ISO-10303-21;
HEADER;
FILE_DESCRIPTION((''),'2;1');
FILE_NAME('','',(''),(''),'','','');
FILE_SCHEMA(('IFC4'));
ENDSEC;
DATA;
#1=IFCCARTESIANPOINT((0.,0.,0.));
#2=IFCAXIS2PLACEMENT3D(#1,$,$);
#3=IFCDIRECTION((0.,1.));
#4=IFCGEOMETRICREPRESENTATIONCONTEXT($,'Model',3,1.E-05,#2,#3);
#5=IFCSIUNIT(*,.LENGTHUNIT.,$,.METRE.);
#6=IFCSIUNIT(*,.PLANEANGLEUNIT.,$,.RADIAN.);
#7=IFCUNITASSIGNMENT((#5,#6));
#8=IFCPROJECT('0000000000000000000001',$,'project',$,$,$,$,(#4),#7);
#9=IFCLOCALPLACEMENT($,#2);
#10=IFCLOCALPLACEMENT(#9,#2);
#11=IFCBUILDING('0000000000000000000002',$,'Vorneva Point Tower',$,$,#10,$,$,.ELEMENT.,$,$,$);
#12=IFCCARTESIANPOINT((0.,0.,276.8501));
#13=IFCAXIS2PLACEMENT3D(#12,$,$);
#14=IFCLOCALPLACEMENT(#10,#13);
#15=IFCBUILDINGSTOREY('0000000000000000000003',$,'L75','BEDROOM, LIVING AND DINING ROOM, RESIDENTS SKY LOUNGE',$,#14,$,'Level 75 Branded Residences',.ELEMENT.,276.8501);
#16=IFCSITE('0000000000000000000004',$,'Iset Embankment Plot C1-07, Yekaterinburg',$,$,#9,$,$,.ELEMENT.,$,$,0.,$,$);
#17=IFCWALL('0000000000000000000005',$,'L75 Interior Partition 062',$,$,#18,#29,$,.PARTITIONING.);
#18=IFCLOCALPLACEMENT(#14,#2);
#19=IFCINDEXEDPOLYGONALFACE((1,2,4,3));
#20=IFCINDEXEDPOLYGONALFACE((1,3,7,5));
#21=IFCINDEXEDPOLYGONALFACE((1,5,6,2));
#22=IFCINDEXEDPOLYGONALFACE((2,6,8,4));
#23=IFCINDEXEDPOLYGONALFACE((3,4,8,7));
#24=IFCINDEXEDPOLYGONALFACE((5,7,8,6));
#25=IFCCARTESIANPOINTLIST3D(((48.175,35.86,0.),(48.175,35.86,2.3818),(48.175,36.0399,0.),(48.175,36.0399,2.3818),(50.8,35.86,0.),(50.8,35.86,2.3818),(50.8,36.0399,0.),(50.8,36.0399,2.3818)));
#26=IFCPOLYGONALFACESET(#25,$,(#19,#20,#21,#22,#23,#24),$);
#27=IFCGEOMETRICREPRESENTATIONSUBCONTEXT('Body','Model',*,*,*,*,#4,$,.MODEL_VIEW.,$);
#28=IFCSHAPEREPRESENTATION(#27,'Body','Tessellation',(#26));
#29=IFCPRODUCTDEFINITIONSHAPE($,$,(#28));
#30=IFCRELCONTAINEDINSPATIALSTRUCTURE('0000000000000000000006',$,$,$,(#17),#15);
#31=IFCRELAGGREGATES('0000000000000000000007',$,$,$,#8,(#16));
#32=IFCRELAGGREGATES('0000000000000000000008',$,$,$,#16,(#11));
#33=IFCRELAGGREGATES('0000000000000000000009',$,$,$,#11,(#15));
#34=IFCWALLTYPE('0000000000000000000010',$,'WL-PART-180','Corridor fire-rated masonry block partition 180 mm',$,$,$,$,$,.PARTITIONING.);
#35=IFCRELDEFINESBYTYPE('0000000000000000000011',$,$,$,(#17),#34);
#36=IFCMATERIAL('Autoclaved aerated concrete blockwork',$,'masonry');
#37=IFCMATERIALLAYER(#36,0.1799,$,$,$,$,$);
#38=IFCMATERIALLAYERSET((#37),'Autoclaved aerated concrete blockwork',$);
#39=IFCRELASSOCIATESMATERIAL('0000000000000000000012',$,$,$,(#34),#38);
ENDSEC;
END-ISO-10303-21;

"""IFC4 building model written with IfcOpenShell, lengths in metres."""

from ifc_helpers import new_model, si_unit, direction, frame, frame_2d, origin, place, context, subcontext, project, spatial, rectangle, extrude, material, layer, layer_set, type_object, element, save


model = new_model("IFC4")

# Units and contexts
model_context = context("Model", 3, precision=1e-05, world=origin(), true_north=direction((0.0, 1.0)))
body_context = subcontext(model_context, "Body", "Model", "MODEL_VIEW")
ifc_project = project(units=[si_unit("LENGTHUNIT", "METRE"), si_unit("PLANEANGLEUNIT", "RADIAN")], contexts=[model_context])

# Site, building, storey
site_placement = place(None, origin())
site = spatial("IfcSite", under=ifc_project, at=site_placement, Name="Iset Embankment Plot C1-07, Yekaterinburg", CompositionType="ELEMENT", RefElevation=0.0)
building_placement = place(site_placement, origin())
building = spatial("IfcBuilding", under=site, at=building_placement, Name="Vorneva Point Tower", CompositionType="ELEMENT")
storey_placement = place(building_placement, frame((0.0, 0.0, 276.8501)))
storey = spatial("IfcBuildingStorey", under=building, at=storey_placement, Name="L75", Description="BEDROOM, LIVING AND DINING ROOM, RESIDENTS SKY LOUNGE", LongName="Level 75 Branded Residences", CompositionType="ELEMENT", Elevation=276.8501)

# Wall
ifc_material_1 = material(Name="Autoclaved aerated concrete blockwork", Category="masonry")
ifc_layer_1 = layer(ifc_material_1, 0.1799)
ifc_layer_set_1 = layer_set([ifc_layer_1], Name="Autoclaved aerated concrete blockwork")
wall_type_1 = type_object("IfcWallType", Name="WL-PART-180", Description="Corridor fire-rated masonry block partition 180 mm", PredefinedType="PARTITIONING", material=ifc_layer_set_1)
wall_1_placement = place(storey_placement, frame((50.8, 35.95, 0.0), z_axis=(0.0, 0.0, 1.0), x_axis=(-1.0, 0.0, 0.0)))
element("IfcWall", 1, at=wall_1_placement, inside=storey, type_object=wall_type_1, Name="L75 Interior Partition 062", PredefinedType="PARTITIONING", context=body_context, shape_type="SweptSolid", body=[
    extrude(rectangle(XDim=2.625, YDim=0.1799, at=frame_2d((1.3125, 0.0))), origin(), (0.0, 0.0, 1.0), 2.3818),
])

save(model, "model.ifc")
